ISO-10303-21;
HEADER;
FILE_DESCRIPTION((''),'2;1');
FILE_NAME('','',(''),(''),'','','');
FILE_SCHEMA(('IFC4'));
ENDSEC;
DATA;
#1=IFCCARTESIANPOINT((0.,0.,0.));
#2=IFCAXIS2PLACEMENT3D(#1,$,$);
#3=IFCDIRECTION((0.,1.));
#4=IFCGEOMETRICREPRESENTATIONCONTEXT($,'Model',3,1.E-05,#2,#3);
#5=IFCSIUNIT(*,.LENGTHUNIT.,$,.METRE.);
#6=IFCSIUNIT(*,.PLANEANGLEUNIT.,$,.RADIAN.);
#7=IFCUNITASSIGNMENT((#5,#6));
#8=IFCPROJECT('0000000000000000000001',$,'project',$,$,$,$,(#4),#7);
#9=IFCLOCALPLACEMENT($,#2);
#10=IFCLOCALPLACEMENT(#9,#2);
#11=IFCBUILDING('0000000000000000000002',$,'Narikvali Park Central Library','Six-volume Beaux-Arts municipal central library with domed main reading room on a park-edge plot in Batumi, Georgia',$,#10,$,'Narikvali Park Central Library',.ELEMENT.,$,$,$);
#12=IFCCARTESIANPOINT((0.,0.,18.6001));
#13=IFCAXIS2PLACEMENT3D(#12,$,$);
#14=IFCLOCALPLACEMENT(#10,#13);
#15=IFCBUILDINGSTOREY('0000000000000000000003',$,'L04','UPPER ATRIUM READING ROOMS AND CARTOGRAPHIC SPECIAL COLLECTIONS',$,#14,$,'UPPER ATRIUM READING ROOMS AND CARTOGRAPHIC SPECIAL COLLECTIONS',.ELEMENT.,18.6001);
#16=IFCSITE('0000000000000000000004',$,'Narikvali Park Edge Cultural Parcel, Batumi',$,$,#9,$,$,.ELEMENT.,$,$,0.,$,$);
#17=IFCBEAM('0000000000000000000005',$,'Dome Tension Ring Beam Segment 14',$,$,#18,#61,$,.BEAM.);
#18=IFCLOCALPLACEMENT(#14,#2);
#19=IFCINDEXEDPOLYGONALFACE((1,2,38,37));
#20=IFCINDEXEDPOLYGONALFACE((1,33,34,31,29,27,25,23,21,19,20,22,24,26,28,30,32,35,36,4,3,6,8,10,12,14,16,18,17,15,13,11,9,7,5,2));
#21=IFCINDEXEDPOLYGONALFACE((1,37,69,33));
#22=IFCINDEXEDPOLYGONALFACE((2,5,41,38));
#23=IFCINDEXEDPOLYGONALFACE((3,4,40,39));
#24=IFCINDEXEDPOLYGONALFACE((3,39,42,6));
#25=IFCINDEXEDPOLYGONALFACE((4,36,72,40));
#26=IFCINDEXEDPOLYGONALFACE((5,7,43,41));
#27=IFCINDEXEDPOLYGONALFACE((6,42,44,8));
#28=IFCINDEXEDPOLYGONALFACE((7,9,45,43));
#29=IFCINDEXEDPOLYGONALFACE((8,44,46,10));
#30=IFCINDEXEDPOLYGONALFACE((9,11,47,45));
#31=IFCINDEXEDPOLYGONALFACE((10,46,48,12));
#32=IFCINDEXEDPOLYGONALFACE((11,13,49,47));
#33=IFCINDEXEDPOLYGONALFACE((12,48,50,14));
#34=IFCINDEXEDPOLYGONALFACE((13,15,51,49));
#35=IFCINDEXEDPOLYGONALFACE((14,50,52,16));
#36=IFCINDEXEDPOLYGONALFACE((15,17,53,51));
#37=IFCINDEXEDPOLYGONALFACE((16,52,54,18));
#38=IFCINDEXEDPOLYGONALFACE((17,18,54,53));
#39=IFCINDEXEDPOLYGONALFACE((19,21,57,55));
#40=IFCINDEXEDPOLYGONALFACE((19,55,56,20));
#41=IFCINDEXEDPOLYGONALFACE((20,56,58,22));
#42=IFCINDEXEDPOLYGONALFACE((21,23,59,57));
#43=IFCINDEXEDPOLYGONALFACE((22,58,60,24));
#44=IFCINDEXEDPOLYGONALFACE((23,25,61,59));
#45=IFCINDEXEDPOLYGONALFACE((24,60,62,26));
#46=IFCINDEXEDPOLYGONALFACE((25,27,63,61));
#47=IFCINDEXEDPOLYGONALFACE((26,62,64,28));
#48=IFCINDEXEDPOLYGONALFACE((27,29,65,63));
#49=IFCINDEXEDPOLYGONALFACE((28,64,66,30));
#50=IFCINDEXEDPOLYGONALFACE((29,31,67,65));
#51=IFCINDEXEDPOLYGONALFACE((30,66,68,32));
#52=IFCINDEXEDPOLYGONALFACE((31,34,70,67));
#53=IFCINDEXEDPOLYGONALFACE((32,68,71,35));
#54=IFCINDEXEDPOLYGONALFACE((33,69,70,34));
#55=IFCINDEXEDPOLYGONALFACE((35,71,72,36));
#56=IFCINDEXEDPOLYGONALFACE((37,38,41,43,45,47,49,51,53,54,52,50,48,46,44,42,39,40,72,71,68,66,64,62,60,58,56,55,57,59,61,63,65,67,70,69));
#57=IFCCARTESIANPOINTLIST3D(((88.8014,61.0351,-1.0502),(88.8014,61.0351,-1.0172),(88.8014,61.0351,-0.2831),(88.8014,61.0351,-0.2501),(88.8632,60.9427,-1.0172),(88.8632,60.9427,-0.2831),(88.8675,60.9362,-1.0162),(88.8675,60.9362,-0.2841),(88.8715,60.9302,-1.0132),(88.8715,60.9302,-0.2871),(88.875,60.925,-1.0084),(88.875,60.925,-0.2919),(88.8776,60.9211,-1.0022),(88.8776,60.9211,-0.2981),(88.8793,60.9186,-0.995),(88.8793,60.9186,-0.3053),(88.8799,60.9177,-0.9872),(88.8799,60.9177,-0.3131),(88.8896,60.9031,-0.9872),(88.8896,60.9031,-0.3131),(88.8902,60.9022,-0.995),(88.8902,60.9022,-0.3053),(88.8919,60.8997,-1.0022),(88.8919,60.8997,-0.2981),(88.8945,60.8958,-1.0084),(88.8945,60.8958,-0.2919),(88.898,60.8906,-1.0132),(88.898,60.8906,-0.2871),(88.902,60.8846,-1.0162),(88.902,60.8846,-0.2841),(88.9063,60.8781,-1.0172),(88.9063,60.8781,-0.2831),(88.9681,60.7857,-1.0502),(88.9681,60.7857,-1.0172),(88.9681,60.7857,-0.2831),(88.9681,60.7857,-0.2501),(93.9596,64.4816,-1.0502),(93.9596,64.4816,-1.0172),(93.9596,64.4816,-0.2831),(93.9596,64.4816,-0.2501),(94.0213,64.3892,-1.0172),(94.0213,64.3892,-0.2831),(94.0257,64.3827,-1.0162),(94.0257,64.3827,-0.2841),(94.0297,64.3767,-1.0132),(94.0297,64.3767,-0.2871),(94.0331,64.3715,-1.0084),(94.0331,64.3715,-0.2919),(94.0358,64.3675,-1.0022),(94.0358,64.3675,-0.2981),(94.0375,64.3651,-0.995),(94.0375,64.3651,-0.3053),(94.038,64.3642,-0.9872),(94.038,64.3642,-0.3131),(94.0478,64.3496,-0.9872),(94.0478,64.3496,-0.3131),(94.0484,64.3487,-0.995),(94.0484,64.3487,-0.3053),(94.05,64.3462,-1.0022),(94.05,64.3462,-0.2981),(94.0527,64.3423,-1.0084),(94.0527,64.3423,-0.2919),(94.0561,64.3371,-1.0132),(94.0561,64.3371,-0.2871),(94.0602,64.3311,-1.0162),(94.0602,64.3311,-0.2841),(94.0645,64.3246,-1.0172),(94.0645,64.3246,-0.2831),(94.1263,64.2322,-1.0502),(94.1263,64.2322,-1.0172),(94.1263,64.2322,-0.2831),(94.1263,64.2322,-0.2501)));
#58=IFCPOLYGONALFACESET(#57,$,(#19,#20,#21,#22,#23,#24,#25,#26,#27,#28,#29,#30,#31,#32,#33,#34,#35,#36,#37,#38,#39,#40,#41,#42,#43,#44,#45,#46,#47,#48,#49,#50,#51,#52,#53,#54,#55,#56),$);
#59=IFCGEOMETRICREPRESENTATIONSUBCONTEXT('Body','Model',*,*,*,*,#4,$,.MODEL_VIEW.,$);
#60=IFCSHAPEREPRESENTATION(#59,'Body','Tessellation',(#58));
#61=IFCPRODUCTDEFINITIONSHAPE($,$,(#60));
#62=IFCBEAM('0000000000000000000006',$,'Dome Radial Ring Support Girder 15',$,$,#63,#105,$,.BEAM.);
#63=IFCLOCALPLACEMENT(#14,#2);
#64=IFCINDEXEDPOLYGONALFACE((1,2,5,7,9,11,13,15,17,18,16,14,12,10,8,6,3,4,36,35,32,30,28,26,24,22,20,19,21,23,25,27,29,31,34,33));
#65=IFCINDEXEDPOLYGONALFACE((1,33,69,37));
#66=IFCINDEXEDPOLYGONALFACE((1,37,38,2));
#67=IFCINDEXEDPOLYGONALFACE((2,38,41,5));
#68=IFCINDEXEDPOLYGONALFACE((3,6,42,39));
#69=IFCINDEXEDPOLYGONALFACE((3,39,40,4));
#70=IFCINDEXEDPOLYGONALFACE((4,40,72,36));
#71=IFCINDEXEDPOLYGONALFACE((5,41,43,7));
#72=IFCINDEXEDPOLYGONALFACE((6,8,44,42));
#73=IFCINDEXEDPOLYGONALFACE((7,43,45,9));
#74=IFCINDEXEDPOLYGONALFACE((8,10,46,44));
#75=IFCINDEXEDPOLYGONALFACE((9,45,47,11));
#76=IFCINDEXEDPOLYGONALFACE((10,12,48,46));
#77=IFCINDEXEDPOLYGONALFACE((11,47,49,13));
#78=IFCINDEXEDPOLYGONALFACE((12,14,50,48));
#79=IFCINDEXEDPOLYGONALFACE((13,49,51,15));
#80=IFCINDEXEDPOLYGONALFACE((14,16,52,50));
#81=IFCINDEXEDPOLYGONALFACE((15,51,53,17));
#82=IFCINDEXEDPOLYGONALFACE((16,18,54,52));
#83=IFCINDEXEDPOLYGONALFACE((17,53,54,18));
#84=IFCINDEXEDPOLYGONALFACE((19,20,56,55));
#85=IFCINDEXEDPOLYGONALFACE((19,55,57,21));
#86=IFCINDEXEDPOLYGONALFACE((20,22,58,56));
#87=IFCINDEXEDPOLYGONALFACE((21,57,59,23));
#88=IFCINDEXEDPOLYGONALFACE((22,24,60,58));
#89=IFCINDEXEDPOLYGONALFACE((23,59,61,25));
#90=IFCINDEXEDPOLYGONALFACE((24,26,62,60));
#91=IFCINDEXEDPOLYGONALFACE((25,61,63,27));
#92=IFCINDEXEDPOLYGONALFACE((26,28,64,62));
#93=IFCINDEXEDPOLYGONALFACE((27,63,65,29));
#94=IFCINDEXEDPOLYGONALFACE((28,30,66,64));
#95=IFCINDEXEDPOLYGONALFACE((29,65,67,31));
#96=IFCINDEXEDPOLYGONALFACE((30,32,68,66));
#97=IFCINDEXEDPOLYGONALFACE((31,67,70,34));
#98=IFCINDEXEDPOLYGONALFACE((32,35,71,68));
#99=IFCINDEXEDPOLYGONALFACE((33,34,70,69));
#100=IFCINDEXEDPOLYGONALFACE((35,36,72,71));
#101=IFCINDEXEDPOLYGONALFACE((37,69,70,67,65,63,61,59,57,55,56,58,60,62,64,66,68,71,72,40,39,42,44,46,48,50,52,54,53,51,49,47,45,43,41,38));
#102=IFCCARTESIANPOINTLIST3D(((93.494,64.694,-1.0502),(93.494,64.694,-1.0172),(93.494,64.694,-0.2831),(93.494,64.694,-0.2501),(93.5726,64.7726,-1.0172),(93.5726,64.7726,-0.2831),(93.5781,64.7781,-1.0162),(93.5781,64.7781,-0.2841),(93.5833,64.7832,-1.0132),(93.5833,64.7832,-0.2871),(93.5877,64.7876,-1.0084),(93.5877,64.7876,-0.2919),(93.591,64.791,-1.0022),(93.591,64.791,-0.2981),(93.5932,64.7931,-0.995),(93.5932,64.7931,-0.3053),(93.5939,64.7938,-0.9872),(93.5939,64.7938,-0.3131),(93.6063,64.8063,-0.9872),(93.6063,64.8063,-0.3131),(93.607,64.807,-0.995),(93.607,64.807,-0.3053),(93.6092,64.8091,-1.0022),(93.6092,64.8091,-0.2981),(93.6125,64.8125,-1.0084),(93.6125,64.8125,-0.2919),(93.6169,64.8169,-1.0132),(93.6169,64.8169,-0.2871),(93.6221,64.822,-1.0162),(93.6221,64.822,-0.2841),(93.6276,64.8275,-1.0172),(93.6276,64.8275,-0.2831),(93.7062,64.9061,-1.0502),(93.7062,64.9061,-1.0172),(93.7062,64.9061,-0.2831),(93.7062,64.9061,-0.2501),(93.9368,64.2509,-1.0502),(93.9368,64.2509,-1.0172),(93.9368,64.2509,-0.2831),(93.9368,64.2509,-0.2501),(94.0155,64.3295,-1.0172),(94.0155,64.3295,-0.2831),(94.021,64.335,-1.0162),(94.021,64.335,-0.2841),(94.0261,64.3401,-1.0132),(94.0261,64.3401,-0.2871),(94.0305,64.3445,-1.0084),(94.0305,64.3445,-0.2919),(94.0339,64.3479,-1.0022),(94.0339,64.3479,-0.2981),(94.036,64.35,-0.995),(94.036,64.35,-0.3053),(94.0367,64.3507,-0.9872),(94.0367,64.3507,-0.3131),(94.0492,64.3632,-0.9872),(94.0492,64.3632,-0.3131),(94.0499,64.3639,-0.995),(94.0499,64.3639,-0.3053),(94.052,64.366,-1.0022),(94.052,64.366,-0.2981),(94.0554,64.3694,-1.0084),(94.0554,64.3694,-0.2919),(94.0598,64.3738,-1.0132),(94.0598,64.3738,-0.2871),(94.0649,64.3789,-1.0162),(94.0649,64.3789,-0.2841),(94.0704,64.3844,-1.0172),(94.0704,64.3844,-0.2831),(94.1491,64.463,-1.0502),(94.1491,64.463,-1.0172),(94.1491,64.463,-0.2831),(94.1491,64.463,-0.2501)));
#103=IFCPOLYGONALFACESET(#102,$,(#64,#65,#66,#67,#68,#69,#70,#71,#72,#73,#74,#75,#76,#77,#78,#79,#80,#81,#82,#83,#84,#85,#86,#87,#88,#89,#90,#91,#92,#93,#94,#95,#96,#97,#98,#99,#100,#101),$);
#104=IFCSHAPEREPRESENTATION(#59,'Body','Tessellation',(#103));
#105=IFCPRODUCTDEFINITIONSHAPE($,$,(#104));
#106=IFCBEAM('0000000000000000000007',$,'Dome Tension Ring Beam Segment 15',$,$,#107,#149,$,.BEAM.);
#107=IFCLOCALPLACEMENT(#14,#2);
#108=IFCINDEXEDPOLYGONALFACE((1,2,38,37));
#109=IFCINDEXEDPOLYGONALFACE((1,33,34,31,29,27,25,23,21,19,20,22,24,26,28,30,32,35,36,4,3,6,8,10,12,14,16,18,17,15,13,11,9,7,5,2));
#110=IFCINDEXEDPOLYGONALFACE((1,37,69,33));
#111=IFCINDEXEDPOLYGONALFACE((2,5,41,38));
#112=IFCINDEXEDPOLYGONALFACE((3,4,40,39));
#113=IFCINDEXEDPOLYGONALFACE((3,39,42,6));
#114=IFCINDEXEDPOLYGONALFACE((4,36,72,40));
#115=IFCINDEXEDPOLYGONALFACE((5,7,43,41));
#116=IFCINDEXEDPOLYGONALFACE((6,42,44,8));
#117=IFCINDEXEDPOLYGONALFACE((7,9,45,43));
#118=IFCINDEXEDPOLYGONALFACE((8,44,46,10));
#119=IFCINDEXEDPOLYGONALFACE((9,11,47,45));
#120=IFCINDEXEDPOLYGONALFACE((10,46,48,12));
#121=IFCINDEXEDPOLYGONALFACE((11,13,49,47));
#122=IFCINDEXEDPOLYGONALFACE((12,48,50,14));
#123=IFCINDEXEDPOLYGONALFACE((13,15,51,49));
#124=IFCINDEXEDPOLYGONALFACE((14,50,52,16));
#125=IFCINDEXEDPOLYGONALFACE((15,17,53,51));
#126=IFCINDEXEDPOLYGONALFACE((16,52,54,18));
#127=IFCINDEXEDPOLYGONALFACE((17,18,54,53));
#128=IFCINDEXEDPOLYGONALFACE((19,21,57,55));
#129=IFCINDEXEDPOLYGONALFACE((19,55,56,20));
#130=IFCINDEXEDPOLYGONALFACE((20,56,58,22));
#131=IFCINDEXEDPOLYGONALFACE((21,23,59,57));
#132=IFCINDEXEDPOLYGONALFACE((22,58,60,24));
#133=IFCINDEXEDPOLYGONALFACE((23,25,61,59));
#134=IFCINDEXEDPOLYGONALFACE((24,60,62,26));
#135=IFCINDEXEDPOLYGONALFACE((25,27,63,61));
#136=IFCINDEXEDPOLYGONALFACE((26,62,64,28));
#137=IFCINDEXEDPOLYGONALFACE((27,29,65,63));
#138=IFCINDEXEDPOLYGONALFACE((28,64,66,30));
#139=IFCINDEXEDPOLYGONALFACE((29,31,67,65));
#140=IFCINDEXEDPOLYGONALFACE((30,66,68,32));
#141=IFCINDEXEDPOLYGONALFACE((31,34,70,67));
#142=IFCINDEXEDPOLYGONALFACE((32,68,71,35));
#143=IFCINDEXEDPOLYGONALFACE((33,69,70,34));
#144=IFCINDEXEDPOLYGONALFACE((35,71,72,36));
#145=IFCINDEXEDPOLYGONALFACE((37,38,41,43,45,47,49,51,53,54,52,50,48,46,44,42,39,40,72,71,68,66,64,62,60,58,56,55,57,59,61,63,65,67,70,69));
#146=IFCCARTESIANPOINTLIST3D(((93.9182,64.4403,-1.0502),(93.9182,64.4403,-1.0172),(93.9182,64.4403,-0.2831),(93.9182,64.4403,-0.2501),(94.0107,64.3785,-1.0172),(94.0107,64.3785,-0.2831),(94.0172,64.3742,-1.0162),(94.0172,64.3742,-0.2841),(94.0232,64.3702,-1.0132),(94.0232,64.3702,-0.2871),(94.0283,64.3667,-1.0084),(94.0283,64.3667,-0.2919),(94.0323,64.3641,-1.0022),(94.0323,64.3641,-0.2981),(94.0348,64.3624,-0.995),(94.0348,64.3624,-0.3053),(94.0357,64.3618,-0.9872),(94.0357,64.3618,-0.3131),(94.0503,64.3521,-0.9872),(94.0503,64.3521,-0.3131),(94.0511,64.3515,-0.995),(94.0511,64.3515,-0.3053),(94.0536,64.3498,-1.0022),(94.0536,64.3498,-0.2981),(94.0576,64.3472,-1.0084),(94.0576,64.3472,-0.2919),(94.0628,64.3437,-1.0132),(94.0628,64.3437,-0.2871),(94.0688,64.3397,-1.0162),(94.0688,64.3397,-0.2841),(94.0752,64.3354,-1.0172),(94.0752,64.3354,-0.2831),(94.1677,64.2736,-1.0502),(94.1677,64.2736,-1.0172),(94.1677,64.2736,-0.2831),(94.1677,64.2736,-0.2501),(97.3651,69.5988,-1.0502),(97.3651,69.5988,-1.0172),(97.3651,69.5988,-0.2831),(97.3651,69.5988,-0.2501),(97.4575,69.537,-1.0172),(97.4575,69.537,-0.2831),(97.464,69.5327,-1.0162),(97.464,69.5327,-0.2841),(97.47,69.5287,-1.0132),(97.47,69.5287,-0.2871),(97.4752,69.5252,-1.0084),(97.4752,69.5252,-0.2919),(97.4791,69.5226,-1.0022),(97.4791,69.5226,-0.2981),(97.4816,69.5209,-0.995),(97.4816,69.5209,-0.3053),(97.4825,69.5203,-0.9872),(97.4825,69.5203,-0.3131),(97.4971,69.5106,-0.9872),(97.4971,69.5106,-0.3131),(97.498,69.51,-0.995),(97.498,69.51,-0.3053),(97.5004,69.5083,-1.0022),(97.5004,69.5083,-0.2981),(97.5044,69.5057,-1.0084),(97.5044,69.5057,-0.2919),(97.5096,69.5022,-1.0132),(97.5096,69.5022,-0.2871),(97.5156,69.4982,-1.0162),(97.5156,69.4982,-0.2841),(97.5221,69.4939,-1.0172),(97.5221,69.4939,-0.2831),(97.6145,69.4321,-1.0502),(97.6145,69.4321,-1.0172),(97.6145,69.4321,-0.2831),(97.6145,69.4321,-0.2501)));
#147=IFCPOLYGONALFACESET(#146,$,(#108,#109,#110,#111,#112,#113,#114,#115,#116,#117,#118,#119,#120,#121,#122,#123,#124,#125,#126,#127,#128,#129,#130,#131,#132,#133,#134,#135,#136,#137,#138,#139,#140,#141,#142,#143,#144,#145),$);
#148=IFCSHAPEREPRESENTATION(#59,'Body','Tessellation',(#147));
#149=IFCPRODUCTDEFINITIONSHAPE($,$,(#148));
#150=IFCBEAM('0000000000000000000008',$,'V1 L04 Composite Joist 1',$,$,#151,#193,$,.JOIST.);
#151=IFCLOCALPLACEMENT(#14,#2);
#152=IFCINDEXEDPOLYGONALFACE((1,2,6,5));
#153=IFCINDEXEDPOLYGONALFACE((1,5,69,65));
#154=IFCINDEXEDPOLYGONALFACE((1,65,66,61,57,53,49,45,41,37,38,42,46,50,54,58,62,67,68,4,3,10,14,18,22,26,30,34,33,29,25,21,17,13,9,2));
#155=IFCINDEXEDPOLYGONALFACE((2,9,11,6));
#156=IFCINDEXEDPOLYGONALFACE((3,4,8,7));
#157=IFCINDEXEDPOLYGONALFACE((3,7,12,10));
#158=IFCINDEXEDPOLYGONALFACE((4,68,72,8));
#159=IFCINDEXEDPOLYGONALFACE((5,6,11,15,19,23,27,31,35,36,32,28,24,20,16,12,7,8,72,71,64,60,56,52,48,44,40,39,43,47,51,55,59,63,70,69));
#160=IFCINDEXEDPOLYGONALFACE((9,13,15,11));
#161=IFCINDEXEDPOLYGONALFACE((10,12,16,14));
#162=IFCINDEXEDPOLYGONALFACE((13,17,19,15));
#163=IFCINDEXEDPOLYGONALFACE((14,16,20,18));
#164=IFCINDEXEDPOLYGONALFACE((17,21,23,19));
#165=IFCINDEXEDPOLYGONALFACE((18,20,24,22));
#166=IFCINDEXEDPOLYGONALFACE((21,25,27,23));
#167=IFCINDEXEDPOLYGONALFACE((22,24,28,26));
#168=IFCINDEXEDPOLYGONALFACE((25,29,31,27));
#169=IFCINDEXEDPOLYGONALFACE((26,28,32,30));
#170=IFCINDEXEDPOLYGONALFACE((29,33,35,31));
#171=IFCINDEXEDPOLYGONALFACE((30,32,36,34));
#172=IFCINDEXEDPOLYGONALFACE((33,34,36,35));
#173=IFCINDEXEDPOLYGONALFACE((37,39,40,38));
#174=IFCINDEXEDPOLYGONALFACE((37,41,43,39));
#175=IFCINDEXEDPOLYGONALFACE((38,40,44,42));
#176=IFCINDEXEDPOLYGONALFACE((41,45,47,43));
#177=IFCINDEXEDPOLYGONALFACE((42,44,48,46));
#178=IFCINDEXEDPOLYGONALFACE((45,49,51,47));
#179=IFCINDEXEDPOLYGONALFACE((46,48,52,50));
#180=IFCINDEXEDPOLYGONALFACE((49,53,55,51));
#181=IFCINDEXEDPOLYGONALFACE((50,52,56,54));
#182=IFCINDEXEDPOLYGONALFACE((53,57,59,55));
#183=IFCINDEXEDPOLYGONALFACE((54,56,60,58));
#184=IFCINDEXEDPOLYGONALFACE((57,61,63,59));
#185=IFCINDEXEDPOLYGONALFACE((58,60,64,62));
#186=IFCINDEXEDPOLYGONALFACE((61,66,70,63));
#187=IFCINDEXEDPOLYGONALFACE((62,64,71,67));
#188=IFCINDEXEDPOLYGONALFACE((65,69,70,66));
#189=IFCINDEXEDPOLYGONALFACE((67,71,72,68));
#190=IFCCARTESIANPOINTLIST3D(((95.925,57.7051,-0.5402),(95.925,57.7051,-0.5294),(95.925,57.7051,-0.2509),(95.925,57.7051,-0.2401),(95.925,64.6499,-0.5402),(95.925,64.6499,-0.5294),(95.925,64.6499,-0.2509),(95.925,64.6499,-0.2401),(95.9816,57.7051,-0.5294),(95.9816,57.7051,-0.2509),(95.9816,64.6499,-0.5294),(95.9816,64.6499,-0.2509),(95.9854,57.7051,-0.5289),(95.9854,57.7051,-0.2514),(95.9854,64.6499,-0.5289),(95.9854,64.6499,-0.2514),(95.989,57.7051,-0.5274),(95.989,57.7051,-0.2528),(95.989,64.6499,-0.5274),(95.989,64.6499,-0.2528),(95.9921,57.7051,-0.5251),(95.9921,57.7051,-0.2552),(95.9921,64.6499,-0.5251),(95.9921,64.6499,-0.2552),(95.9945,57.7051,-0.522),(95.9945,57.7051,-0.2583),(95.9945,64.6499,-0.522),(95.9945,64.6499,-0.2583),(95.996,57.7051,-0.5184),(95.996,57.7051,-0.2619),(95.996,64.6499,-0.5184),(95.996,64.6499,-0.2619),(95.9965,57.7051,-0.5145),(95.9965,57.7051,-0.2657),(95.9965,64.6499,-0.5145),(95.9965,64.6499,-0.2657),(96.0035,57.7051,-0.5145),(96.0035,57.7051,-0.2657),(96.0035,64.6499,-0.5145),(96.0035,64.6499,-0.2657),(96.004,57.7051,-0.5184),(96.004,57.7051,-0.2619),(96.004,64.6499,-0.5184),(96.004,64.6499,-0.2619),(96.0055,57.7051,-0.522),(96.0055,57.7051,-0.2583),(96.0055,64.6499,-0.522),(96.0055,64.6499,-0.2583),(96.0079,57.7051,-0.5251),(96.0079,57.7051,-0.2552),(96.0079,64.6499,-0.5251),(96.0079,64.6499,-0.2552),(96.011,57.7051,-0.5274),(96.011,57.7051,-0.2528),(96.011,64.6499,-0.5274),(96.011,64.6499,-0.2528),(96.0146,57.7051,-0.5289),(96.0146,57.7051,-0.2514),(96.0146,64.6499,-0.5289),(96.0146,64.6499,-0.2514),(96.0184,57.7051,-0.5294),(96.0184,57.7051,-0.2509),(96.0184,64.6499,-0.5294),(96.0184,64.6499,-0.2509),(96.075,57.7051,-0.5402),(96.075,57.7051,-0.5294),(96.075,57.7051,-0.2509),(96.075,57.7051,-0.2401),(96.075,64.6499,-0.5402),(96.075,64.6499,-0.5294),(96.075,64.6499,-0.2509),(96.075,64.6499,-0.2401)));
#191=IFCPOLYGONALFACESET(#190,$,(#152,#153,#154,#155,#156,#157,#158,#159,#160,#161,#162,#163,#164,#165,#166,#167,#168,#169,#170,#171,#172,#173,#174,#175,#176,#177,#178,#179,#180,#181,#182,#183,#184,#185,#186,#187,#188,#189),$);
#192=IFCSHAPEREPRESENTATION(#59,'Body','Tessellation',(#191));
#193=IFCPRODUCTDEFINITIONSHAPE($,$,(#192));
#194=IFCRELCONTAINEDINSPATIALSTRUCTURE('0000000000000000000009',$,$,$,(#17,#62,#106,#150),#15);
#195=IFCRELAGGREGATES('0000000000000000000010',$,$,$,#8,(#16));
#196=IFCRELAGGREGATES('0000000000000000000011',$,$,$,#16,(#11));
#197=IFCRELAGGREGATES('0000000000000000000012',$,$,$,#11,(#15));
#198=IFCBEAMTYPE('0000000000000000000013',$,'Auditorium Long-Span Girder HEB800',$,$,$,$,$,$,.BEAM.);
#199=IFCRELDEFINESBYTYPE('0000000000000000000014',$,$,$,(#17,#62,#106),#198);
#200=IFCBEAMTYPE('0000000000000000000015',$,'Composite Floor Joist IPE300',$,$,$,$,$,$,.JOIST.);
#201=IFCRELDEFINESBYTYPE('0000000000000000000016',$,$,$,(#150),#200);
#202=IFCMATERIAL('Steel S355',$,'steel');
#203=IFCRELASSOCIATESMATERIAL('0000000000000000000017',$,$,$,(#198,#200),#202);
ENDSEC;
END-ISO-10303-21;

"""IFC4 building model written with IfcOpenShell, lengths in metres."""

from ifc_helpers import new_model, si_unit, direction, frame, origin, origin_2d, place, context, subcontext, project, spatial, i_section, extrude, material, material_profile, profile_set, type_object, element, save


model = new_model("IFC4")

# Units and contexts
model_context = context("Model", 3, precision=1e-05, world=origin(), true_north=direction((0.0, 1.0)))
body_context = subcontext(model_context, "Body", "Model", "MODEL_VIEW")
ifc_project = project(units=[si_unit("LENGTHUNIT", "METRE"), si_unit("PLANEANGLEUNIT", "RADIAN")], contexts=[model_context])

# Site, building, storey
site_placement = place(None, origin())
site = spatial("IfcSite", under=ifc_project, at=site_placement, Name="Narikvali Park Edge Cultural Parcel, Batumi", CompositionType="ELEMENT", RefElevation=0.0)
building_placement = place(site_placement, origin())
building = spatial("IfcBuilding", under=site, at=building_placement, Name="Narikvali Park Central Library", Description="Six-volume Beaux-Arts municipal central library with domed main reading room on a park-edge plot in Batumi, Georgia", LongName="Narikvali Park Central Library", CompositionType="ELEMENT")
storey_placement = place(building_placement, frame((0.0, 0.0, 18.6001)))
storey = spatial("IfcBuildingStorey", under=building, at=storey_placement, Name="L04", Description="UPPER ATRIUM READING ROOMS AND CARTOGRAPHIC SPECIAL COLLECTIONS", LongName="UPPER ATRIUM READING ROOMS AND CARTOGRAPHIC SPECIAL COLLECTIONS", CompositionType="ELEMENT", Elevation=18.6001)

# Beams
ifc_material_1 = material(Name="Steel S355", Category="steel")
ifc_material_profile_1 = material_profile(ifc_material_1, i_section(OverallWidth=0.3, OverallDepth=0.8, WebThickness=0.0176, FlangeThickness=0.033, FilletRadius=0.03, at=origin_2d()), Name="HEB 800")
ifc_profile_set_1 = profile_set([ifc_material_profile_1], Name="Steel S355")
beam_type_1 = type_object("IfcBeamType", Name="Auditorium Long-Span Girder HEB800", PredefinedType="BEAM", material=ifc_profile_set_1)
beam_1_placement = place(storey_placement, frame((88.8848, 60.9104, -0.6501), z_axis=(0.831475, 0.555563, 0.0), x_axis=(-0.555563, 0.831475, 0.0)))
element("IfcBeam", 1, at=beam_1_placement, inside=storey, type_object=beam_type_1, Name="Dome Tension Ring Beam Segment 14", PredefinedType="BEAM", context=body_context, shape_type="SweptSolid", body=[
    extrude(i_section(OverallWidth=0.3, OverallDepth=0.8, WebThickness=0.0176, FlangeThickness=0.033, FilletRadius=0.03, at=origin_2d()), origin(), (0.0, 0.0, 1.0), 6.2036),
])
beam_2_placement = place(storey_placement, frame((93.6001, 64.8, -0.6501), z_axis=(0.706912, -0.707302, 0.0), x_axis=(0.707302, 0.706912, 0.0)))
element("IfcBeam", 2, at=beam_2_placement, inside=storey, type_object=beam_type_1, Name="Dome Radial Ring Support Girder 15", PredefinedType="BEAM", context=body_context, shape_type="SweptSolid", body=[
    extrude(i_section(OverallWidth=0.3, OverallDepth=0.8, WebThickness=0.0176, FlangeThickness=0.033, FilletRadius=0.03, at=origin_2d()), origin(), (0.0, 0.0, 1.0), 0.6265),
])
beam_3_placement = place(storey_placement, frame((94.043, 64.3569, -0.6501), z_axis=(0.555572, 0.831469, 0.0), x_axis=(-0.831469, 0.555572, 0.0)))
element("IfcBeam", 3, at=beam_3_placement, inside=storey, type_object=beam_type_1, Name="Dome Tension Ring Beam Segment 15", PredefinedType="BEAM", context=body_context, shape_type="SweptSolid", body=[
    extrude(i_section(OverallWidth=0.3, OverallDepth=0.8, WebThickness=0.0176, FlangeThickness=0.033, FilletRadius=0.03, at=origin_2d()), origin(), (0.0, 0.0, 1.0), 6.2041),
])
ifc_material_profile_2 = material_profile(ifc_material_1, i_section(OverallWidth=0.1499, OverallDepth=0.3, WebThickness=0.0071, FlangeThickness=0.0107, FilletRadius=0.0149, at=origin_2d()), Name="IPE 300")
ifc_profile_set_2 = profile_set([ifc_material_profile_2], Name="Steel S355")
beam_type_2 = type_object("IfcBeamType", Name="Composite Floor Joist IPE300", PredefinedType="JOIST", material=ifc_profile_set_2)
for number, where, z_axis, x_axis, name in (
    (4, (96.0, 57.7051, -0.3901), (0.0, 1.0, 0.0), (-1.0, 0.0, 0.0), "V1 L04 Composite Joist 1"),
):
    element("IfcBeam", number, at=place(storey_placement, frame(where, z_axis=z_axis, x_axis=x_axis)), inside=storey, type_object=beam_type_2, Name=name, PredefinedType="JOIST", context=body_context, shape_type="SweptSolid", body=[
        extrude(i_section(OverallWidth=0.1499, OverallDepth=0.3, WebThickness=0.0071, FlangeThickness=0.0107, FilletRadius=0.0149, at=origin_2d()), origin(), (0.0, 0.0, 1.0), 6.9448),
    ])

save(model, "model.ifc")
